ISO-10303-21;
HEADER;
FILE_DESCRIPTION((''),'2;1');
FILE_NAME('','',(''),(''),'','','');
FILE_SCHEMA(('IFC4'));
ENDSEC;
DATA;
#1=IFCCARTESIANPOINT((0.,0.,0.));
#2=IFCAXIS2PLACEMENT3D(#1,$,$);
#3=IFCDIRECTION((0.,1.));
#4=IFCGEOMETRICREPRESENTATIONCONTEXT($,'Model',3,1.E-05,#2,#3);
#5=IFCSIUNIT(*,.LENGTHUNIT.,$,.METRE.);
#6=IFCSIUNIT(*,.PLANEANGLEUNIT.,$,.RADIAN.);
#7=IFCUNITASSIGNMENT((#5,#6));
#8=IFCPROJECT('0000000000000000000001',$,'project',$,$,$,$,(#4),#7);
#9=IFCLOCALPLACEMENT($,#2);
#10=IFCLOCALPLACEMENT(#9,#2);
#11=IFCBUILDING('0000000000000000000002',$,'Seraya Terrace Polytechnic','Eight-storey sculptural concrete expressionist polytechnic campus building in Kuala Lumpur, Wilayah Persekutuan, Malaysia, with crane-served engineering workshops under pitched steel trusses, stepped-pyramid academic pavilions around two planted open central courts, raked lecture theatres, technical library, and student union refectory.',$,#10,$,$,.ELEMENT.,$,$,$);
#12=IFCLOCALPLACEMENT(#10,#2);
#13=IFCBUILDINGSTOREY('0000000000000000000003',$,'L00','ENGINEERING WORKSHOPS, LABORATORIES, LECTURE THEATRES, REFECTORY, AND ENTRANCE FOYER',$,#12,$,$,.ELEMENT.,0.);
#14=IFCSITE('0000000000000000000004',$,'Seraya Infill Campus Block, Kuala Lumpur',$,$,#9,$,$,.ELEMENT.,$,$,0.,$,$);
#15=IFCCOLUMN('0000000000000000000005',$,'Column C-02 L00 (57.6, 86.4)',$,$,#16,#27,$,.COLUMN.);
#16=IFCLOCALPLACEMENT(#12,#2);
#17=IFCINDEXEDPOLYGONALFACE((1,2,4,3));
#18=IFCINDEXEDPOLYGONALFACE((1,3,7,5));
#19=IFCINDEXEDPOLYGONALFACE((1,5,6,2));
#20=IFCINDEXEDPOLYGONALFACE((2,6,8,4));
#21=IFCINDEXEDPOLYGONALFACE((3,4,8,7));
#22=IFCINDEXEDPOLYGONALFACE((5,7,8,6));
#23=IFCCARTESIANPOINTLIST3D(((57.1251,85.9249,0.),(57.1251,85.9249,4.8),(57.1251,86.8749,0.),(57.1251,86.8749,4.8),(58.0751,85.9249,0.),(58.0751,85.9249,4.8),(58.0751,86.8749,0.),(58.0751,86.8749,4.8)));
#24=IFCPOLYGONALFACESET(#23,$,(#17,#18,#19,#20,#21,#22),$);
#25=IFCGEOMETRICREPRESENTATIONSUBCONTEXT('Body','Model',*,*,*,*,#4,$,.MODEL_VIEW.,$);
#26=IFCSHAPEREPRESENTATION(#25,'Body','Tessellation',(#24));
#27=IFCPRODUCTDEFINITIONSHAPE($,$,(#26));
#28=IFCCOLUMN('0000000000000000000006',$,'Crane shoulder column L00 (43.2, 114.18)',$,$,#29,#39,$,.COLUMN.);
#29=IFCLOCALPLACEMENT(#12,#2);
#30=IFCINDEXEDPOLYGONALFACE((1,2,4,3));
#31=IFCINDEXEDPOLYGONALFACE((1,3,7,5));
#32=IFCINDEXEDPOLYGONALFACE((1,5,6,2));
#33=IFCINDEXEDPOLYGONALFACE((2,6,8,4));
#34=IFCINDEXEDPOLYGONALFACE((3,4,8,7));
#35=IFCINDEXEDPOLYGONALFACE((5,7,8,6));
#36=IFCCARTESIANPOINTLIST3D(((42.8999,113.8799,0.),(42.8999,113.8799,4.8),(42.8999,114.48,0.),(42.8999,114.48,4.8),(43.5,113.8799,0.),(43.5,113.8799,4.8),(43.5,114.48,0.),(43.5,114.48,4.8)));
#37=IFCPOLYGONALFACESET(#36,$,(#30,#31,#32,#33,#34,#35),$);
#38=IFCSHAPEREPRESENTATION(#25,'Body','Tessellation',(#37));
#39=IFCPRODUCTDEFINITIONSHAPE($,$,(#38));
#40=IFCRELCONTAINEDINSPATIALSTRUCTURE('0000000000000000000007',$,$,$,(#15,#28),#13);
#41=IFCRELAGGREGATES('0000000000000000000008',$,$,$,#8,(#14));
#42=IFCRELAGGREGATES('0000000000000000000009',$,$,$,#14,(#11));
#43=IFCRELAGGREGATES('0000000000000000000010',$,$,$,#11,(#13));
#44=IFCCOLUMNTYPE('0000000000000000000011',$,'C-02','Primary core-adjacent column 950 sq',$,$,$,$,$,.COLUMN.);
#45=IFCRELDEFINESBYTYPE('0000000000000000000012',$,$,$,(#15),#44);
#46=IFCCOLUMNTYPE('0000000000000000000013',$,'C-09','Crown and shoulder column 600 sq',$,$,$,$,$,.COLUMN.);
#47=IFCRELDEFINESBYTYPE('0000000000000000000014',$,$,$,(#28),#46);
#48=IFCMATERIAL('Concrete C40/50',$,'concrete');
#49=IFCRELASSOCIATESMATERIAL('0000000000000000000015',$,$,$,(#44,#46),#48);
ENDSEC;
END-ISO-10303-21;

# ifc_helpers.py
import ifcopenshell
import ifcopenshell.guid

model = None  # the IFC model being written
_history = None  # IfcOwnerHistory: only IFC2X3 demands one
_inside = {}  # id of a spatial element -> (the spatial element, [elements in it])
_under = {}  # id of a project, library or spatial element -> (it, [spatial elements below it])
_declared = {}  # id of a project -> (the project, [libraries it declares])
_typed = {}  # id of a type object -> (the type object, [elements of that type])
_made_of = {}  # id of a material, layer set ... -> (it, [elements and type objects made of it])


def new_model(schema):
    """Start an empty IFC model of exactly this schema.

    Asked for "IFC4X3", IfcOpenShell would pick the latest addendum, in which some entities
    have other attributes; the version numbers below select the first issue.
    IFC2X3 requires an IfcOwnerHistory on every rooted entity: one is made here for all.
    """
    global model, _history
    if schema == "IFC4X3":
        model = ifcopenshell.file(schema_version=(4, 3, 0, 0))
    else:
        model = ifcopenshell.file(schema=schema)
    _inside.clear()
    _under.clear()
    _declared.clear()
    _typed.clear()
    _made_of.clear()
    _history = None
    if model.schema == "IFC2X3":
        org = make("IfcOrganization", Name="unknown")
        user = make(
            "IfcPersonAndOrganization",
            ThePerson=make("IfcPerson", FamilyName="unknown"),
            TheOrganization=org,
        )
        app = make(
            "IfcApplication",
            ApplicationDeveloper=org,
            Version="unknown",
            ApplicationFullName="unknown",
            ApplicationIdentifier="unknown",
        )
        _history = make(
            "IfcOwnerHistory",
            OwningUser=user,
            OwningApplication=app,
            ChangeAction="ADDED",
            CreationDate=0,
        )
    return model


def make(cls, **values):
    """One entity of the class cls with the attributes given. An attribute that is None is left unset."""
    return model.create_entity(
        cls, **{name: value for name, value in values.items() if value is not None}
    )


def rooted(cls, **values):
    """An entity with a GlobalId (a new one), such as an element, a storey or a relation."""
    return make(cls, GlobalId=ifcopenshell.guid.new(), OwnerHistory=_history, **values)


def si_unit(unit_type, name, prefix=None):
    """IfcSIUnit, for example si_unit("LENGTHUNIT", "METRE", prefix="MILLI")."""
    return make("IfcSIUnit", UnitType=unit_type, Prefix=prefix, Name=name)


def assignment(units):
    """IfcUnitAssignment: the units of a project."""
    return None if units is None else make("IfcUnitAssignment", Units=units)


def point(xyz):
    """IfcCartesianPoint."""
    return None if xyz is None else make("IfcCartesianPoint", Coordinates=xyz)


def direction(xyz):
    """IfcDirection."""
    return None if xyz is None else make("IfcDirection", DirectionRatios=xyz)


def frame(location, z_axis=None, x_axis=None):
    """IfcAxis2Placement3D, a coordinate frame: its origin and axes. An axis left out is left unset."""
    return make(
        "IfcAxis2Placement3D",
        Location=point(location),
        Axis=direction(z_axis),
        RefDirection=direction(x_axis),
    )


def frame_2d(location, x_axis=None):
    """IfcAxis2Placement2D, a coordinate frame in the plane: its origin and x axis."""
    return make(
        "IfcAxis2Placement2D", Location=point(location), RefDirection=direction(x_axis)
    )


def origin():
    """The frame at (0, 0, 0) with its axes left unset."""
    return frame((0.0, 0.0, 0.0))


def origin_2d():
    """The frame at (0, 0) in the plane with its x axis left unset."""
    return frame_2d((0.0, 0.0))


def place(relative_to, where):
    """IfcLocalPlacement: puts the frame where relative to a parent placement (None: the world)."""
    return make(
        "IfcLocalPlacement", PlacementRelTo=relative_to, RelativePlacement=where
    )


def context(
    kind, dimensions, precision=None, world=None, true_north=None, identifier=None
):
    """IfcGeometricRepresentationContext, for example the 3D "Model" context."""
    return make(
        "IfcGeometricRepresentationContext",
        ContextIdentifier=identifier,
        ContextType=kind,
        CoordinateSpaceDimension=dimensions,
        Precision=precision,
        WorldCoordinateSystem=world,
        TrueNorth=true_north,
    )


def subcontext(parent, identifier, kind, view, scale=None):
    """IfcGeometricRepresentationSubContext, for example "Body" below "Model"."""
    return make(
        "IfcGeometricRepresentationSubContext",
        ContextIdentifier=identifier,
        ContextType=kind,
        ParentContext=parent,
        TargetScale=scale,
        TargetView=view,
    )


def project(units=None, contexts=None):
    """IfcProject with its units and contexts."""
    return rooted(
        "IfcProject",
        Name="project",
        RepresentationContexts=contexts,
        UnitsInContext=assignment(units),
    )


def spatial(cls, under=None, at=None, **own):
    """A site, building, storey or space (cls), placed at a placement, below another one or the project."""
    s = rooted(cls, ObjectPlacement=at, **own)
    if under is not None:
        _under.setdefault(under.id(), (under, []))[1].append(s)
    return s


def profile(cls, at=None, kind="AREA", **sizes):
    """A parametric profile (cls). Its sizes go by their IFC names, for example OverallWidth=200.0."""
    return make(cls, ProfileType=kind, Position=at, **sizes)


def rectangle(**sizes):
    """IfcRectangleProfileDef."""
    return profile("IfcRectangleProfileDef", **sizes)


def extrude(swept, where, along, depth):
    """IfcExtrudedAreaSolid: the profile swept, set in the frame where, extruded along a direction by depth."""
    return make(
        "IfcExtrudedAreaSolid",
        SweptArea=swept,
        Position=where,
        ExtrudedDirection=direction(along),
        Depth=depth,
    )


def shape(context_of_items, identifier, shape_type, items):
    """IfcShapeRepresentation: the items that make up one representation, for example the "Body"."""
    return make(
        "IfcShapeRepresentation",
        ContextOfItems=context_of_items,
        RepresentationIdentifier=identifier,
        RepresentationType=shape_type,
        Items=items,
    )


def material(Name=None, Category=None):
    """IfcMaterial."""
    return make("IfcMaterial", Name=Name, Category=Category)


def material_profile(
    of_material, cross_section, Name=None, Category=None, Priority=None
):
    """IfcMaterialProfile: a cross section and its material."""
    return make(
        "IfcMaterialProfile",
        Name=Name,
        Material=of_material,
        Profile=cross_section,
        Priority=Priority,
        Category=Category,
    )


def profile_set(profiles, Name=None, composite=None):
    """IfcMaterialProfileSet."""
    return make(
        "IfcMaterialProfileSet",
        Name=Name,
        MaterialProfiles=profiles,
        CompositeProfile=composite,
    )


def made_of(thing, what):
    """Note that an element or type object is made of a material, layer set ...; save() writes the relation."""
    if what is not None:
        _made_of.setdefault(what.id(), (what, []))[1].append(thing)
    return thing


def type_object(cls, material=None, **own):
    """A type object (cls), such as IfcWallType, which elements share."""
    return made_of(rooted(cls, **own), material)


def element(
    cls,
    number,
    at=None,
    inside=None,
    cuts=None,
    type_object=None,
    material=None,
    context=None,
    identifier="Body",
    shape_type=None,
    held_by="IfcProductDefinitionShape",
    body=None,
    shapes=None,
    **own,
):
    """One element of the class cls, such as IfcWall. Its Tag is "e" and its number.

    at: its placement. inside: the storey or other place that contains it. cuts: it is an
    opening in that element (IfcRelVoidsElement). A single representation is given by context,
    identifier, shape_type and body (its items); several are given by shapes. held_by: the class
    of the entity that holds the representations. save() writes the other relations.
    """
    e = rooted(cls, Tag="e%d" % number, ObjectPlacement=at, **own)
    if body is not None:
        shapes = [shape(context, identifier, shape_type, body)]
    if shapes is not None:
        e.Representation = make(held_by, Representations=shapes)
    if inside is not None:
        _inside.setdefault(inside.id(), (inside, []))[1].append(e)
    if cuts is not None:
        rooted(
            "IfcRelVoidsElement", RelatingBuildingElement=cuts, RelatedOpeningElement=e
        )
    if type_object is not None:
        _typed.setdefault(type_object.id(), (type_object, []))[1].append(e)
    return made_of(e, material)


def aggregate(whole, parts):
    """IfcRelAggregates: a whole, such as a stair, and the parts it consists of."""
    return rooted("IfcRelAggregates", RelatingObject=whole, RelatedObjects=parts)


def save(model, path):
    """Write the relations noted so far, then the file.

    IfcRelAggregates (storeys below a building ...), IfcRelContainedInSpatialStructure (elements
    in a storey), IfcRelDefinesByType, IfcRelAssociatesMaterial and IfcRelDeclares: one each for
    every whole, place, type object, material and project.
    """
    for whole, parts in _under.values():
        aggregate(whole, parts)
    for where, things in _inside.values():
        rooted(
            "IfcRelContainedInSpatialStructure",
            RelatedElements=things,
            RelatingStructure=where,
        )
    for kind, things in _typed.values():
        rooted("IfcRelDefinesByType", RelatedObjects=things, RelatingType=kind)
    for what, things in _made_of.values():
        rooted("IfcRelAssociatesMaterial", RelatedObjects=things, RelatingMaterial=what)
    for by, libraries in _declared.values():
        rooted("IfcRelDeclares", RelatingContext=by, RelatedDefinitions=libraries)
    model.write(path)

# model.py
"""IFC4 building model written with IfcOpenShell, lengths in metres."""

from ifc_helpers import new_model, si_unit, direction, frame, origin, origin_2d, place, context, subcontext, project, spatial, rectangle, extrude, material, material_profile, profile_set, type_object, element, save


model = new_model("IFC4")

# Units and contexts
model_context = context("Model", 3, precision=1e-05, world=origin(), true_north=direction((0.0, 1.0)))
body_context = subcontext(model_context, "Body", "Model", "MODEL_VIEW")
ifc_project = project(units=[si_unit("LENGTHUNIT", "METRE"), si_unit("PLANEANGLEUNIT", "RADIAN")], contexts=[model_context])

# Site, building, storey
site_placement = place(None, origin())
site = spatial("IfcSite", under=ifc_project, at=site_placement, Name="Seraya Infill Campus Block, Kuala Lumpur", CompositionType="ELEMENT", RefElevation=0.0)
building_placement = place(site_placement, origin())
building = spatial("IfcBuilding", under=site, at=building_placement, Name="Seraya Terrace Polytechnic", Description="Eight-storey sculptural concrete expressionist polytechnic campus building in Kuala Lumpur, Wilayah Persekutuan, Malaysia, with crane-served engineering workshops under pitched steel trusses, stepped-pyramid academic pavilions around two planted open central courts, raked lecture theatres, technical library, and student union refectory.", CompositionType="ELEMENT")
storey_placement = place(building_placement, origin())
storey = spatial("IfcBuildingStorey", under=building, at=storey_placement, Name="L00", Description="ENGINEERING WORKSHOPS, LABORATORIES, LECTURE THEATRES, REFECTORY, AND ENTRANCE FOYER", CompositionType="ELEMENT", Elevation=0.0)

# Shared definitions
ifc_material = material(Name="Concrete C40/50", Category="concrete")

# Columns
ifc_material_profile_1 = material_profile(ifc_material, rectangle(XDim=0.95, YDim=0.95, at=origin_2d()), Name="RC 950x950")
ifc_profile_set_1 = profile_set([ifc_material_profile_1], Name="Concrete C40/50")
column_type_1 = type_object("IfcColumnType", Name="C-02", Description="Primary core-adjacent column 950 sq", PredefinedType="COLUMN", material=ifc_profile_set_1)
for number, where, z_axis, x_axis, name in (
    (1, (57.6001, 86.3999, 0.0), (0.0, 0.0, 1.0), (1.0, 0.0, 0.0), "Column C-02 L00 (57.6, 86.4)"),
):
    element("IfcColumn", number, at=place(storey_placement, frame(where, z_axis=z_axis, x_axis=x_axis)), inside=storey, type_object=column_type_1, Name=name, PredefinedType="COLUMN", context=body_context, shape_type="SweptSolid", body=[
        extrude(rectangle(XDim=0.95, YDim=0.95, at=origin_2d()), origin(), (0.0, 0.0, 1.0), 4.8),
    ])
ifc_material_profile_2 = material_profile(ifc_material, rectangle(XDim=0.6001, YDim=0.6001, at=origin_2d()), Name="RC 600x600")
ifc_profile_set_2 = profile_set([ifc_material_profile_2], Name="Concrete C40/50")
column_type_2 = type_object("IfcColumnType", Name="C-09", Description="Crown and shoulder column 600 sq", PredefinedType="COLUMN", material=ifc_profile_set_2)
column_placement = place(storey_placement, frame((43.2, 114.1799, 0.0), z_axis=(0.0, 0.0, 1.0), x_axis=(1.0, 0.0, 0.0)))
element("IfcColumn", 2, at=column_placement, inside=storey, type_object=column_type_2, Name="Crane shoulder column L00 (43.2, 114.18)", PredefinedType="COLUMN", context=body_context, shape_type="SweptSolid", body=[
    extrude(rectangle(XDim=0.6001, YDim=0.6001, at=origin_2d()), origin(), (0.0, 0.0, 1.0), 4.8),
])

save(model, "model.ifc")
